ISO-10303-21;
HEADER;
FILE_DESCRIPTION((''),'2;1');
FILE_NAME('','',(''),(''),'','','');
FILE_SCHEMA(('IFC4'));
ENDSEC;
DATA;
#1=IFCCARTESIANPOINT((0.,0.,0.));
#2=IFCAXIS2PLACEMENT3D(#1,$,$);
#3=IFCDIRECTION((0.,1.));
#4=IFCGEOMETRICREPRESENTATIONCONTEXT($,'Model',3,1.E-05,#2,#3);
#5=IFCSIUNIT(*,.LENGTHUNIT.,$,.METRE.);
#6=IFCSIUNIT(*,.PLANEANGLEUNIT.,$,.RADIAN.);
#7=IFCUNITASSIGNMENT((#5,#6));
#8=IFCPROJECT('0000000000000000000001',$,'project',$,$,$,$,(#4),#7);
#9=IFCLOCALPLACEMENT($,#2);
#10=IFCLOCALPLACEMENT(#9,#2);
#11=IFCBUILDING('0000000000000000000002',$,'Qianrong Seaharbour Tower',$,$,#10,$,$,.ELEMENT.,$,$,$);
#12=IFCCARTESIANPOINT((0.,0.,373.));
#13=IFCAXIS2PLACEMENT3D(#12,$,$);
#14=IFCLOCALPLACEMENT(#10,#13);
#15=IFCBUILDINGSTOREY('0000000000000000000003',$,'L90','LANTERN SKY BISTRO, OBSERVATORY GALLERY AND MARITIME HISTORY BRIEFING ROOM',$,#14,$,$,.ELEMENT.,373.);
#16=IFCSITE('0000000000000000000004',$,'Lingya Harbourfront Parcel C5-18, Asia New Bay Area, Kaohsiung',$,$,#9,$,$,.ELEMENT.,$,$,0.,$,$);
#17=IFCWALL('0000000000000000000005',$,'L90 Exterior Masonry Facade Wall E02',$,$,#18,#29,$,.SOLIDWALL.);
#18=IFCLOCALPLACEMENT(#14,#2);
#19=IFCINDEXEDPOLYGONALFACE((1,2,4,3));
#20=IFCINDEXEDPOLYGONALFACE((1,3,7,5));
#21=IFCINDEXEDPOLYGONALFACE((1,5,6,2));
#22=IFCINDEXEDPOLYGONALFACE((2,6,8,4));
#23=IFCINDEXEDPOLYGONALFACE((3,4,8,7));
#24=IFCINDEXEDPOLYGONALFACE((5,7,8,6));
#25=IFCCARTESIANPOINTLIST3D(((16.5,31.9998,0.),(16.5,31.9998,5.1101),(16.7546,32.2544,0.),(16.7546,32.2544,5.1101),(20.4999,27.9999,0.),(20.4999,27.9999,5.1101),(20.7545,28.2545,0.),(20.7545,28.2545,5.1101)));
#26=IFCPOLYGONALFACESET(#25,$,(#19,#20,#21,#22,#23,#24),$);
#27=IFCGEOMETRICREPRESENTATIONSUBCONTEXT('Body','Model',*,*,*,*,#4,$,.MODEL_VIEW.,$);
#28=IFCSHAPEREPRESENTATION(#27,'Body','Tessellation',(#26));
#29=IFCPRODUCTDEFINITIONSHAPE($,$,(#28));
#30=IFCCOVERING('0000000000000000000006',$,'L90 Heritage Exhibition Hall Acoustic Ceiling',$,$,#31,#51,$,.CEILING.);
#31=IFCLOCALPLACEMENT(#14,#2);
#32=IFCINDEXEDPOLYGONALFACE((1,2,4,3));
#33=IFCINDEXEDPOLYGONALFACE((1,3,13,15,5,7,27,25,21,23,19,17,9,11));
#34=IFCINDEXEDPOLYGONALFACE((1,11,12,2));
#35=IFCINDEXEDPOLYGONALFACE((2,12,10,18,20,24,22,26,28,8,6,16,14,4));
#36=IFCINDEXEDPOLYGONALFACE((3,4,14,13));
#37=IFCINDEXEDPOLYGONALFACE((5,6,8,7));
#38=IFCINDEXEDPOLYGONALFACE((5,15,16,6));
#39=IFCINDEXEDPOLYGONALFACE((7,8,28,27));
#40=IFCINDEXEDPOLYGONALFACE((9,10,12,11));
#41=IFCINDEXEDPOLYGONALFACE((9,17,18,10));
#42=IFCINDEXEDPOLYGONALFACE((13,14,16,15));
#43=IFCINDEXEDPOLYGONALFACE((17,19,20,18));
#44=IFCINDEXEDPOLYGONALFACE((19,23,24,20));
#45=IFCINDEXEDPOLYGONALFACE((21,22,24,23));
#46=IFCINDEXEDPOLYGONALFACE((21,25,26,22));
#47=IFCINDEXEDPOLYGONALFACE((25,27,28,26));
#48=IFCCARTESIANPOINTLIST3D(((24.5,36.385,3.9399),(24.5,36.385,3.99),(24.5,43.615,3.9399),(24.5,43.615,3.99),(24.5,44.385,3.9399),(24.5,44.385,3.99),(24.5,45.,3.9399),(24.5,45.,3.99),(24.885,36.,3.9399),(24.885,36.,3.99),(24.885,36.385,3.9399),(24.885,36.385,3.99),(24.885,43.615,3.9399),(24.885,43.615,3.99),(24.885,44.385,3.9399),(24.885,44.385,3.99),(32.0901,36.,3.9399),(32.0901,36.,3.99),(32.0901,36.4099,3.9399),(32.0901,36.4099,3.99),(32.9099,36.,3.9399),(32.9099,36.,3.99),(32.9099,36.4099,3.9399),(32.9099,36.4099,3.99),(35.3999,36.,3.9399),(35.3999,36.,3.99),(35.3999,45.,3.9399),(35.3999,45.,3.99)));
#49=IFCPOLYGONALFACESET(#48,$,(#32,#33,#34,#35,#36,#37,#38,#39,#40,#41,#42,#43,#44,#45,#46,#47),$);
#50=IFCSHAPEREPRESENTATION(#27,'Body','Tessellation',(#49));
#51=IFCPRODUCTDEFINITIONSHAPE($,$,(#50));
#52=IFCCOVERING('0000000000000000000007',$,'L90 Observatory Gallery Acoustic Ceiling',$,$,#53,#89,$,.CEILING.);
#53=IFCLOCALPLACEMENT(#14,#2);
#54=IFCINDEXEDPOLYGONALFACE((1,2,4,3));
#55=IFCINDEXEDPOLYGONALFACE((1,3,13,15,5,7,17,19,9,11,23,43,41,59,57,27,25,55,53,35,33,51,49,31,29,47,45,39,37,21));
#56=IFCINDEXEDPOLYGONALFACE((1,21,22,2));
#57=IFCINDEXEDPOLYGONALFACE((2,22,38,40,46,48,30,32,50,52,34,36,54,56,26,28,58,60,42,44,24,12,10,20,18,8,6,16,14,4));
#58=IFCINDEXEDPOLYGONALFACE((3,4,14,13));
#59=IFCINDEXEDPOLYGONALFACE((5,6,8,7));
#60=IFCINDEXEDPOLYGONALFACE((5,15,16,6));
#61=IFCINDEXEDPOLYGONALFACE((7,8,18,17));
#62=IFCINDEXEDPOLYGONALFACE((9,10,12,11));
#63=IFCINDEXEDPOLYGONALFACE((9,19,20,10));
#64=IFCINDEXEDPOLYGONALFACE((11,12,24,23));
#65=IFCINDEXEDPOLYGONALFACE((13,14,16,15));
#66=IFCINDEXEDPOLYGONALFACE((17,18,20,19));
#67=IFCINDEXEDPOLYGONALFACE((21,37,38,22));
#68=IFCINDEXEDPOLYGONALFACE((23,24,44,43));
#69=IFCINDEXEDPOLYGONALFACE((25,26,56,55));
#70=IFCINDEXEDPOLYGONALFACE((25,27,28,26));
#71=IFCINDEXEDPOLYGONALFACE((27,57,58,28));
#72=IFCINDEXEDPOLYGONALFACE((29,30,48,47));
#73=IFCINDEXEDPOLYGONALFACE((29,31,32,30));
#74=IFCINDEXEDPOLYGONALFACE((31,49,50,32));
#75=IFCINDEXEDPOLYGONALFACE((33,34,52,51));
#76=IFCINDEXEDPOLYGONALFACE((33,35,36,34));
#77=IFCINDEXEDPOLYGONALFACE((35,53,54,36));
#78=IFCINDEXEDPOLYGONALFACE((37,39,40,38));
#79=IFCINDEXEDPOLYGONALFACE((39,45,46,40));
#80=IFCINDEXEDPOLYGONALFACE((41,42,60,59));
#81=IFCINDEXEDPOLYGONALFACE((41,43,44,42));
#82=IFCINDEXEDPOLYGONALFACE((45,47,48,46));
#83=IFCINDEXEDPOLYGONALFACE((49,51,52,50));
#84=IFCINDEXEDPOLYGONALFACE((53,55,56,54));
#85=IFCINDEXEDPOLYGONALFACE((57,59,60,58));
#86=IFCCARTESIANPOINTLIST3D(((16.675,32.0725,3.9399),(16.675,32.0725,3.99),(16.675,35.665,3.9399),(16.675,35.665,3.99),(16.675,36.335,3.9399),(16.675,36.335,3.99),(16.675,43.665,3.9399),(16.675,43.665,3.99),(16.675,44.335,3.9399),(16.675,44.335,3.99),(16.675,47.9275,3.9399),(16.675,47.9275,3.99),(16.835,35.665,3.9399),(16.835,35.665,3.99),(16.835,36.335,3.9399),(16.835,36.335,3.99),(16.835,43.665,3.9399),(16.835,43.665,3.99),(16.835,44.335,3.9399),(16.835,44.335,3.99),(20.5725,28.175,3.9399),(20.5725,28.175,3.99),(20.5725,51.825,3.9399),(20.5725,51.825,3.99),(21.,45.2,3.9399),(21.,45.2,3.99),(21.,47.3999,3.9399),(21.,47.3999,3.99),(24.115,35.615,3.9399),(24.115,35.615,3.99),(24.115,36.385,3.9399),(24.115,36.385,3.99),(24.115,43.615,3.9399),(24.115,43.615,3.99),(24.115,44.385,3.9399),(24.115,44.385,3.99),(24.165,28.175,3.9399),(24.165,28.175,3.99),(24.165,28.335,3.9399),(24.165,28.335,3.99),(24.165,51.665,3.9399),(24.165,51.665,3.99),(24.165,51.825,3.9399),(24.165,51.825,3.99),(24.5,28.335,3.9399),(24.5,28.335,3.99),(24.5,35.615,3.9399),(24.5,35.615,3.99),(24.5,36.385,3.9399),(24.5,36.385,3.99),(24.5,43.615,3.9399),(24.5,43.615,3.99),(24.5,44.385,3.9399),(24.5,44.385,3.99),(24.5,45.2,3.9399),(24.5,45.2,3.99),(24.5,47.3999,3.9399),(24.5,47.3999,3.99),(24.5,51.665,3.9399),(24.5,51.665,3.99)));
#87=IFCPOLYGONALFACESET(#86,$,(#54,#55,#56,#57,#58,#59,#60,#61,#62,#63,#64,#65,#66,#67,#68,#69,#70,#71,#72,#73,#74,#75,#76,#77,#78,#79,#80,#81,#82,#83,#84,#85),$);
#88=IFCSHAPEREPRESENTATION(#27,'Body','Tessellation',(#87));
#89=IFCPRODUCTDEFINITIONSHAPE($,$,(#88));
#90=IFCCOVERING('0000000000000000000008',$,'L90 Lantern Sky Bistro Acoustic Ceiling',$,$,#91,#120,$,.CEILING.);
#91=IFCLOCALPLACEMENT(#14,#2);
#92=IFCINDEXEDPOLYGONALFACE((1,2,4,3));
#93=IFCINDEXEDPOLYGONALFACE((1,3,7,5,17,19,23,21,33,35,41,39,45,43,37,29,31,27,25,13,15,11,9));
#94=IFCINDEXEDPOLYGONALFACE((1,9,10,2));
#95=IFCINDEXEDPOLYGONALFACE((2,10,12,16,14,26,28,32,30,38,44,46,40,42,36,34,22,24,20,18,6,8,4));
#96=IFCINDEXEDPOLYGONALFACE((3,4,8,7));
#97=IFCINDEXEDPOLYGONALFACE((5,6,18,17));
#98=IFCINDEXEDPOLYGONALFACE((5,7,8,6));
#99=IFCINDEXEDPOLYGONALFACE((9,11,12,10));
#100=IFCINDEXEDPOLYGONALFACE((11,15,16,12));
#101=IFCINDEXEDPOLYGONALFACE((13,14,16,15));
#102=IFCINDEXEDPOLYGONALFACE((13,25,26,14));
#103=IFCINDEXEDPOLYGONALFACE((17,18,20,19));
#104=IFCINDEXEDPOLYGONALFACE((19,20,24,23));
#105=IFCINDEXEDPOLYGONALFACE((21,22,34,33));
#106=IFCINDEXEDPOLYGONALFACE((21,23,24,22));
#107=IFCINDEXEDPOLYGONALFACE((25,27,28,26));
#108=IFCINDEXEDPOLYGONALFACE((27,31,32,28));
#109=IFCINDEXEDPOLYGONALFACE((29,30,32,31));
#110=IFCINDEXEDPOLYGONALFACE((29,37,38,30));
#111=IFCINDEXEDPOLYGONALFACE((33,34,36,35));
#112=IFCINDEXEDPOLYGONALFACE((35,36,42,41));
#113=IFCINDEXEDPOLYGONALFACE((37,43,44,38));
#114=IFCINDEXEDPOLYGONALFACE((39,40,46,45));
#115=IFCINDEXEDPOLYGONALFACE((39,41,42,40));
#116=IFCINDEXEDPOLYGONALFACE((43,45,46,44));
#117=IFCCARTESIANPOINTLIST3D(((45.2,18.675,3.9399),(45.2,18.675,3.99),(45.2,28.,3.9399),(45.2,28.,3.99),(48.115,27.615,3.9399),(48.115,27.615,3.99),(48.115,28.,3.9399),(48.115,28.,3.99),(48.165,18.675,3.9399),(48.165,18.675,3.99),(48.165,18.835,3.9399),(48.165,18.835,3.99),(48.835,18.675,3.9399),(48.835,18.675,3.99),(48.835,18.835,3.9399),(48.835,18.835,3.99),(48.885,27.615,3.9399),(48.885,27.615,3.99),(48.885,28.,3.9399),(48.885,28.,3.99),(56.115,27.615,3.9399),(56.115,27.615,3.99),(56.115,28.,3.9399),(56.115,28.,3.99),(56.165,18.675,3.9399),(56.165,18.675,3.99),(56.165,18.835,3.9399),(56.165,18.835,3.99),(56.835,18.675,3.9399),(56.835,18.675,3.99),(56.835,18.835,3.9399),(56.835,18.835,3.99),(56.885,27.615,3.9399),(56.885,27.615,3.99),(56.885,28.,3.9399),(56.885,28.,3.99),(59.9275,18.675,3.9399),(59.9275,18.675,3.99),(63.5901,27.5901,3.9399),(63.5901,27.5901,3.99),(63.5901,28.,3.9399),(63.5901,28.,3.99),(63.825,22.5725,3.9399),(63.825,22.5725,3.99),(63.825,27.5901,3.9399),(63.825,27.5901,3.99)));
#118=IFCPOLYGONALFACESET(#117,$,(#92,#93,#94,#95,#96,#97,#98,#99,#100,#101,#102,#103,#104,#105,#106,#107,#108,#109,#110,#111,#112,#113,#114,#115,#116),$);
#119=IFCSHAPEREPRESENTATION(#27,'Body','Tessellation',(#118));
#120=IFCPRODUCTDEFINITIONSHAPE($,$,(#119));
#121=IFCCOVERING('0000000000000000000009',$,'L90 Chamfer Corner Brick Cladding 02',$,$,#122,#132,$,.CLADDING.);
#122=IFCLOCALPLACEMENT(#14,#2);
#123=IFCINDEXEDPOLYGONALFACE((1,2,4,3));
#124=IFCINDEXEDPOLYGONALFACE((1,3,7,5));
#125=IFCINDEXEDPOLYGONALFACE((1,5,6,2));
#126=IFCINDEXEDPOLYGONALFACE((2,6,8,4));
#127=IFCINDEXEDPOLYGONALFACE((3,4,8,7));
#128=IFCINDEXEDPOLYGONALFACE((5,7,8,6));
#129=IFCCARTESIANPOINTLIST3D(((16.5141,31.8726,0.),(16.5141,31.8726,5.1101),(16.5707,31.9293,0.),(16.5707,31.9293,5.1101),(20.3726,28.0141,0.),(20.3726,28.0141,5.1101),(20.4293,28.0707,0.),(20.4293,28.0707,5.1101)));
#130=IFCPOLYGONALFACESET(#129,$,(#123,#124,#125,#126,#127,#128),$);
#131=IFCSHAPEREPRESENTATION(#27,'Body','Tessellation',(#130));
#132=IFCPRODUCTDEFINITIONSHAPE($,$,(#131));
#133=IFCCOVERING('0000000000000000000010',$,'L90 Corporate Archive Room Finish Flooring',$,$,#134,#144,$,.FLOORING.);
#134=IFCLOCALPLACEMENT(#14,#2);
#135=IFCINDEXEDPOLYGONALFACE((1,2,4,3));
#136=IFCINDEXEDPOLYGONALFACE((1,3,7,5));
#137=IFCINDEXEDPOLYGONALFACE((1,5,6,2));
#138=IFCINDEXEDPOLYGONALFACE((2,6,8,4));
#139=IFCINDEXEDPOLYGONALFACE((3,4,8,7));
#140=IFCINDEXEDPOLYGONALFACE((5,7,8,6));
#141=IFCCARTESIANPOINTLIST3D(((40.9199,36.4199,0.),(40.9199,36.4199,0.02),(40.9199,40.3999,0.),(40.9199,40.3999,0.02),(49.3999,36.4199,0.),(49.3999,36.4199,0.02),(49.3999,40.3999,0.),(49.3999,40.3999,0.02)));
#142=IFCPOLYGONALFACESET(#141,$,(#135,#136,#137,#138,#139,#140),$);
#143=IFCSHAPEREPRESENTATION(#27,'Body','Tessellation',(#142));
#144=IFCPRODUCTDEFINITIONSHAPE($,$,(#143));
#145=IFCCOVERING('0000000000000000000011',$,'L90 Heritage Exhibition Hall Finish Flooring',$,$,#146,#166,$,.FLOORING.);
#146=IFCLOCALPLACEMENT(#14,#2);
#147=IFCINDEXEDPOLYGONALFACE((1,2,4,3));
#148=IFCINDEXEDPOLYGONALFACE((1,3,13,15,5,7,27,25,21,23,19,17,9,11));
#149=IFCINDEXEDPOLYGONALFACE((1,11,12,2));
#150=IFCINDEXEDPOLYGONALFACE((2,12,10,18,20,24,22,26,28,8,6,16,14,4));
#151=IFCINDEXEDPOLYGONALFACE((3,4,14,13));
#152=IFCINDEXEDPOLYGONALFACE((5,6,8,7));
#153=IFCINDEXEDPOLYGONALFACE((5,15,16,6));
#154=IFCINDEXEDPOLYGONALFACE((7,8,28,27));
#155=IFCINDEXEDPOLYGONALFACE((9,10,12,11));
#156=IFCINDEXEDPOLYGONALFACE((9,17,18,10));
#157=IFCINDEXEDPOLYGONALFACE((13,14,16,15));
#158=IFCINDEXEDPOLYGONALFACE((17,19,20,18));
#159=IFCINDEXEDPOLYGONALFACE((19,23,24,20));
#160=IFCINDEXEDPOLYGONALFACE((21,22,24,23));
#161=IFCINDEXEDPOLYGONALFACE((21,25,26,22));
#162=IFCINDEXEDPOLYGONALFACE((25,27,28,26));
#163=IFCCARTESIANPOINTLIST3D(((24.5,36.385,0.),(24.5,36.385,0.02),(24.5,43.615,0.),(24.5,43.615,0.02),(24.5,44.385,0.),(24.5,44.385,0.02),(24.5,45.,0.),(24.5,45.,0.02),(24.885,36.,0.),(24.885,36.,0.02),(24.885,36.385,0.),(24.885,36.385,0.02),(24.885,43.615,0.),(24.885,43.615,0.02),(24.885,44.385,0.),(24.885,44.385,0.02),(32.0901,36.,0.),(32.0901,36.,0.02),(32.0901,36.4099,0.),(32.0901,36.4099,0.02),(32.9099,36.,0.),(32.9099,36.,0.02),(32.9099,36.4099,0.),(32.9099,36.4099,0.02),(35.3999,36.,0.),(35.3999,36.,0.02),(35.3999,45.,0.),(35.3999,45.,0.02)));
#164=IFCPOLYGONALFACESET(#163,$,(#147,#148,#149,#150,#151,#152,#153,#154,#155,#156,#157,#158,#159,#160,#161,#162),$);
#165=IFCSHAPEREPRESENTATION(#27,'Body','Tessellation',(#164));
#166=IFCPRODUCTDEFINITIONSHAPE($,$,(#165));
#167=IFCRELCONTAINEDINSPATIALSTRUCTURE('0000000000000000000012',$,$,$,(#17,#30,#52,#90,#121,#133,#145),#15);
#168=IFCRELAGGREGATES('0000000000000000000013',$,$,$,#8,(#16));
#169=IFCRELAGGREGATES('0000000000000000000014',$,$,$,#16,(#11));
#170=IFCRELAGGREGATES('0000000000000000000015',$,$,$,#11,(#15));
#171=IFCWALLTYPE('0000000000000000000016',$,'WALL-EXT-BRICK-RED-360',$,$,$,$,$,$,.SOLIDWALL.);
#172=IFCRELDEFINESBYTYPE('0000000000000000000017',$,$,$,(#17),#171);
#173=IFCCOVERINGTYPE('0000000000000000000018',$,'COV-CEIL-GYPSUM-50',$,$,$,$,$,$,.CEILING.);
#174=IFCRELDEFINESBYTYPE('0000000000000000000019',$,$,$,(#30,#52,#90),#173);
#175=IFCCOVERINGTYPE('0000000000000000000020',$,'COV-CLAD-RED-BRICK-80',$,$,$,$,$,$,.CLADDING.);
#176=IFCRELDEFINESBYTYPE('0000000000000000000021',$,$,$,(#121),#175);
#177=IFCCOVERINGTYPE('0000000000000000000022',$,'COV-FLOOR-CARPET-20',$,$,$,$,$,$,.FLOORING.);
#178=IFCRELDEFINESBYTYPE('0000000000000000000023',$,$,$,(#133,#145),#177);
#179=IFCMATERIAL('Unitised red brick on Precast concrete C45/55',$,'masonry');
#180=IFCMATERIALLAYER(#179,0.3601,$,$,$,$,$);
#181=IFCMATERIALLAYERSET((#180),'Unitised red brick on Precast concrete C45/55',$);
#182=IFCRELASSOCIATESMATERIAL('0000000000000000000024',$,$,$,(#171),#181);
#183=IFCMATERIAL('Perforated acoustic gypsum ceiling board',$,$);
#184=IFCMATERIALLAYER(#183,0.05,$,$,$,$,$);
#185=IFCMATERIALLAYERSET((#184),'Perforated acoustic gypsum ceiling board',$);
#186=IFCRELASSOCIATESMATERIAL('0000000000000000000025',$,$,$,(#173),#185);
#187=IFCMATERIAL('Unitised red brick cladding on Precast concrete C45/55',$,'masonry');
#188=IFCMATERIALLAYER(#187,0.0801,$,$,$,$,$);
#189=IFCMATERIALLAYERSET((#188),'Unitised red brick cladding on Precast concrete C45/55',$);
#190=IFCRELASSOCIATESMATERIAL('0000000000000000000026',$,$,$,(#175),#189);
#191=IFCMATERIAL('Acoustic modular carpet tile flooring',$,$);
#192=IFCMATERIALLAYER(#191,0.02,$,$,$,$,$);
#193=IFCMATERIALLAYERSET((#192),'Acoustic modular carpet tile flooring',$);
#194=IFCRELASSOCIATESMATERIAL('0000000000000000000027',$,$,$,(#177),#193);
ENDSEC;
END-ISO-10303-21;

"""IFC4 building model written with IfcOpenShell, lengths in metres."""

from ifc_helpers import new_model, si_unit, direction, frame, frame_2d, origin, origin_2d, place, context, subcontext, project, spatial, polyline, rectangle, outline, extrude, material, layer, layer_set, type_object, element, save


model = new_model("IFC4")

# Units and contexts
model_context = context("Model", 3, precision=1e-05, world=origin(), true_north=direction((0.0, 1.0)))
body_context = subcontext(model_context, "Body", "Model", "MODEL_VIEW")
ifc_project = project(units=[si_unit("LENGTHUNIT", "METRE"), si_unit("PLANEANGLEUNIT", "RADIAN")], contexts=[model_context])

# Site, building, storey
site_placement = place(None, origin())
site = spatial("IfcSite", under=ifc_project, at=site_placement, Name="Lingya Harbourfront Parcel C5-18, Asia New Bay Area, Kaohsiung", CompositionType="ELEMENT", RefElevation=0.0)
building_placement = place(site_placement, origin())
building = spatial("IfcBuilding", under=site, at=building_placement, Name="Qianrong Seaharbour Tower", CompositionType="ELEMENT")
storey_placement = place(building_placement, frame((0.0, 0.0, 373.0)))
storey = spatial("IfcBuildingStorey", under=building, at=storey_placement, Name="L90", Description="LANTERN SKY BISTRO, OBSERVATORY GALLERY AND MARITIME HISTORY BRIEFING ROOM", CompositionType="ELEMENT", Elevation=373.0)

# Wall
ifc_material_1 = material(Name="Unitised red brick on Precast concrete C45/55", Category="masonry")
ifc_layer_1 = layer(ifc_material_1, 0.3601)
ifc_layer_set_1 = layer_set([ifc_layer_1], Name="Unitised red brick on Precast concrete C45/55")
wall_type = type_object("IfcWallType", Name="WALL-EXT-BRICK-RED-360", PredefinedType="SOLIDWALL", material=ifc_layer_set_1)
wall_placement = place(storey_placement, frame((20.6272, 28.1272, 0.0), z_axis=(0.0, 0.0, 1.0), x_axis=(-0.707107, 0.707107, 0.0)))
element("IfcWall", 1, at=wall_placement, inside=storey, type_object=wall_type, Name="L90 Exterior Masonry Facade Wall E02", PredefinedType="SOLIDWALL", context=body_context, shape_type="SweptSolid", body=[
    extrude(rectangle(XDim=5.6567, YDim=0.3601, at=frame_2d((2.8284, 0.0))), origin(), (0.0, 0.0, 1.0), 5.1101),
])

# Coverings
ifc_material_2 = material(Name="Perforated acoustic gypsum ceiling board")
ifc_layer_2 = layer(ifc_material_2, 0.05)
ifc_layer_set_2 = layer_set([ifc_layer_2], Name="Perforated acoustic gypsum ceiling board")
covering_type_1 = type_object("IfcCoveringType", Name="COV-CEIL-GYPSUM-50", PredefinedType="CEILING", material=ifc_layer_set_2)
covering_1_placement = place(storey_placement, frame((0.0, 0.0, 3.9399)))
element("IfcCovering", 2, at=covering_1_placement, inside=storey, type_object=covering_type_1, Name="L90 Heritage Exhibition Hall Acoustic Ceiling", PredefinedType="CEILING", context=body_context, shape_type="SweptSolid", body=[
    extrude(outline(polyline([(35.3999, 45.0), (35.3999, 36.0), (32.9099, 36.0), (32.9099, 36.4099), (32.0901, 36.4099), (32.0901, 36.0), (24.885, 36.0), (24.885, 36.385), (24.5, 36.385), (24.5, 43.615), (24.885, 43.615), (24.885, 44.385), (24.5, 44.385), (24.5, 45.0), (35.3999, 45.0)])), origin(), (0.0, 0.0, 1.0), 0.05),
])
covering_2_placement = place(storey_placement, frame((0.0, 0.0, 3.9399)))
element("IfcCovering", 3, at=covering_2_placement, inside=storey, type_object=covering_type_1, Name="L90 Observatory Gallery Acoustic Ceiling", PredefinedType="CEILING", context=body_context, shape_type="SweptSolid", body=[
    extrude(outline(polyline([(16.675, 32.0725), (16.675, 35.665), (16.835, 35.665), (16.835, 36.335), (16.675, 36.335), (16.675, 43.665), (16.835, 43.665), (16.835, 44.335), (16.675, 44.335), (16.675, 47.9275), (20.5725, 51.825), (24.165, 51.825), (24.165, 51.665), (24.5, 51.665), (24.5, 47.3999), (21.0, 47.3999), (21.0, 45.2), (24.5, 45.2), (24.5, 44.385), (24.115, 44.385), (24.115, 43.615), (24.5, 43.615), (24.5, 36.385), (24.115, 36.385), (24.115, 35.615), (24.5, 35.615), (24.5, 28.335), (24.165, 28.335), (24.165, 28.175), (20.5725, 28.175), (16.675, 32.0725)])), origin(), (0.0, 0.0, 1.0), 0.05),
])
covering_3_placement = place(storey_placement, frame((0.0, 0.0, 3.9399)))
element("IfcCovering", 4, at=covering_3_placement, inside=storey, type_object=covering_type_1, Name="L90 Lantern Sky Bistro Acoustic Ceiling", PredefinedType="CEILING", context=body_context, shape_type="SweptSolid", body=[
    extrude(outline(polyline([(63.825, 22.5725), (59.9275, 18.675), (56.835, 18.675), (56.835, 18.835), (56.165, 18.835), (56.165, 18.675), (48.835, 18.675), (48.835, 18.835), (48.165, 18.835), (48.165, 18.675), (45.2, 18.675), (45.2, 28.0), (48.115, 28.0), (48.115, 27.615), (48.885, 27.615), (48.885, 28.0), (56.115, 28.0), (56.115, 27.615), (56.885, 27.615), (56.885, 28.0), (63.5901, 28.0), (63.5901, 27.5901), (63.825, 27.5901), (63.825, 22.5725)])), origin(), (0.0, 0.0, 1.0), 0.05),
])
ifc_material_3 = material(Name="Unitised red brick cladding on Precast concrete C45/55", Category="masonry")
ifc_layer_3 = layer(ifc_material_3, 0.0801)
ifc_layer_set_3 = layer_set([ifc_layer_3], Name="Unitised red brick cladding on Precast concrete C45/55")
covering_type_2 = type_object("IfcCoveringType", Name="COV-CLAD-RED-BRICK-80", PredefinedType="CLADDING", material=ifc_layer_set_3)
covering_4_placement = place(storey_placement, frame((18.4717, 29.9717, 0.0), z_axis=(0.0, 0.0, 1.0), x_axis=(-0.707107, 0.707107, 0.0)))
element("IfcCovering", 5, at=covering_4_placement, inside=storey, type_object=covering_type_2, Name="L90 Chamfer Corner Brick Cladding 02", PredefinedType="CLADDING", context=body_context, shape_type="SweptSolid", body=[
    extrude(rectangle(XDim=5.4568, YDim=0.0801, at=origin_2d()), origin(), (0.0, 0.0, 1.0), 5.1101),
])
ifc_material_4 = material(Name="Acoustic modular carpet tile flooring")
ifc_layer_4 = layer(ifc_material_4, 0.02)
ifc_layer_set_4 = layer_set([ifc_layer_4], Name="Acoustic modular carpet tile flooring")
covering_type_3 = type_object("IfcCoveringType", Name="COV-FLOOR-CARPET-20", PredefinedType="FLOORING", material=ifc_layer_set_4)
covering_5_placement = place(storey_placement, origin())
element("IfcCovering", 6, at=covering_5_placement, inside=storey, type_object=covering_type_3, Name="L90 Corporate Archive Room Finish Flooring", PredefinedType="FLOORING", context=body_context, shape_type="SweptSolid", body=[
    extrude(outline(polyline([(49.3999, 40.3999), (49.3999, 36.4199), (40.9199, 36.4199), (40.9199, 40.3999), (49.3999, 40.3999)])), origin(), (0.0, 0.0, 1.0), 0.02),
])
covering_6_placement = place(storey_placement, origin())
element("IfcCovering", 7, at=covering_6_placement, inside=storey, type_object=covering_type_3, Name="L90 Heritage Exhibition Hall Finish Flooring", PredefinedType="FLOORING", context=body_context, shape_type="SweptSolid", body=[
    extrude(outline(polyline([(35.3999, 45.0), (35.3999, 36.0), (32.9099, 36.0), (32.9099, 36.4099), (32.0901, 36.4099), (32.0901, 36.0), (24.885, 36.0), (24.885, 36.385), (24.5, 36.385), (24.5, 43.615), (24.885, 43.615), (24.885, 44.385), (24.5, 44.385), (24.5, 45.0), (35.3999, 45.0)])), origin(), (0.0, 0.0, 1.0), 0.02),
])

save(model, "model.ifc")
